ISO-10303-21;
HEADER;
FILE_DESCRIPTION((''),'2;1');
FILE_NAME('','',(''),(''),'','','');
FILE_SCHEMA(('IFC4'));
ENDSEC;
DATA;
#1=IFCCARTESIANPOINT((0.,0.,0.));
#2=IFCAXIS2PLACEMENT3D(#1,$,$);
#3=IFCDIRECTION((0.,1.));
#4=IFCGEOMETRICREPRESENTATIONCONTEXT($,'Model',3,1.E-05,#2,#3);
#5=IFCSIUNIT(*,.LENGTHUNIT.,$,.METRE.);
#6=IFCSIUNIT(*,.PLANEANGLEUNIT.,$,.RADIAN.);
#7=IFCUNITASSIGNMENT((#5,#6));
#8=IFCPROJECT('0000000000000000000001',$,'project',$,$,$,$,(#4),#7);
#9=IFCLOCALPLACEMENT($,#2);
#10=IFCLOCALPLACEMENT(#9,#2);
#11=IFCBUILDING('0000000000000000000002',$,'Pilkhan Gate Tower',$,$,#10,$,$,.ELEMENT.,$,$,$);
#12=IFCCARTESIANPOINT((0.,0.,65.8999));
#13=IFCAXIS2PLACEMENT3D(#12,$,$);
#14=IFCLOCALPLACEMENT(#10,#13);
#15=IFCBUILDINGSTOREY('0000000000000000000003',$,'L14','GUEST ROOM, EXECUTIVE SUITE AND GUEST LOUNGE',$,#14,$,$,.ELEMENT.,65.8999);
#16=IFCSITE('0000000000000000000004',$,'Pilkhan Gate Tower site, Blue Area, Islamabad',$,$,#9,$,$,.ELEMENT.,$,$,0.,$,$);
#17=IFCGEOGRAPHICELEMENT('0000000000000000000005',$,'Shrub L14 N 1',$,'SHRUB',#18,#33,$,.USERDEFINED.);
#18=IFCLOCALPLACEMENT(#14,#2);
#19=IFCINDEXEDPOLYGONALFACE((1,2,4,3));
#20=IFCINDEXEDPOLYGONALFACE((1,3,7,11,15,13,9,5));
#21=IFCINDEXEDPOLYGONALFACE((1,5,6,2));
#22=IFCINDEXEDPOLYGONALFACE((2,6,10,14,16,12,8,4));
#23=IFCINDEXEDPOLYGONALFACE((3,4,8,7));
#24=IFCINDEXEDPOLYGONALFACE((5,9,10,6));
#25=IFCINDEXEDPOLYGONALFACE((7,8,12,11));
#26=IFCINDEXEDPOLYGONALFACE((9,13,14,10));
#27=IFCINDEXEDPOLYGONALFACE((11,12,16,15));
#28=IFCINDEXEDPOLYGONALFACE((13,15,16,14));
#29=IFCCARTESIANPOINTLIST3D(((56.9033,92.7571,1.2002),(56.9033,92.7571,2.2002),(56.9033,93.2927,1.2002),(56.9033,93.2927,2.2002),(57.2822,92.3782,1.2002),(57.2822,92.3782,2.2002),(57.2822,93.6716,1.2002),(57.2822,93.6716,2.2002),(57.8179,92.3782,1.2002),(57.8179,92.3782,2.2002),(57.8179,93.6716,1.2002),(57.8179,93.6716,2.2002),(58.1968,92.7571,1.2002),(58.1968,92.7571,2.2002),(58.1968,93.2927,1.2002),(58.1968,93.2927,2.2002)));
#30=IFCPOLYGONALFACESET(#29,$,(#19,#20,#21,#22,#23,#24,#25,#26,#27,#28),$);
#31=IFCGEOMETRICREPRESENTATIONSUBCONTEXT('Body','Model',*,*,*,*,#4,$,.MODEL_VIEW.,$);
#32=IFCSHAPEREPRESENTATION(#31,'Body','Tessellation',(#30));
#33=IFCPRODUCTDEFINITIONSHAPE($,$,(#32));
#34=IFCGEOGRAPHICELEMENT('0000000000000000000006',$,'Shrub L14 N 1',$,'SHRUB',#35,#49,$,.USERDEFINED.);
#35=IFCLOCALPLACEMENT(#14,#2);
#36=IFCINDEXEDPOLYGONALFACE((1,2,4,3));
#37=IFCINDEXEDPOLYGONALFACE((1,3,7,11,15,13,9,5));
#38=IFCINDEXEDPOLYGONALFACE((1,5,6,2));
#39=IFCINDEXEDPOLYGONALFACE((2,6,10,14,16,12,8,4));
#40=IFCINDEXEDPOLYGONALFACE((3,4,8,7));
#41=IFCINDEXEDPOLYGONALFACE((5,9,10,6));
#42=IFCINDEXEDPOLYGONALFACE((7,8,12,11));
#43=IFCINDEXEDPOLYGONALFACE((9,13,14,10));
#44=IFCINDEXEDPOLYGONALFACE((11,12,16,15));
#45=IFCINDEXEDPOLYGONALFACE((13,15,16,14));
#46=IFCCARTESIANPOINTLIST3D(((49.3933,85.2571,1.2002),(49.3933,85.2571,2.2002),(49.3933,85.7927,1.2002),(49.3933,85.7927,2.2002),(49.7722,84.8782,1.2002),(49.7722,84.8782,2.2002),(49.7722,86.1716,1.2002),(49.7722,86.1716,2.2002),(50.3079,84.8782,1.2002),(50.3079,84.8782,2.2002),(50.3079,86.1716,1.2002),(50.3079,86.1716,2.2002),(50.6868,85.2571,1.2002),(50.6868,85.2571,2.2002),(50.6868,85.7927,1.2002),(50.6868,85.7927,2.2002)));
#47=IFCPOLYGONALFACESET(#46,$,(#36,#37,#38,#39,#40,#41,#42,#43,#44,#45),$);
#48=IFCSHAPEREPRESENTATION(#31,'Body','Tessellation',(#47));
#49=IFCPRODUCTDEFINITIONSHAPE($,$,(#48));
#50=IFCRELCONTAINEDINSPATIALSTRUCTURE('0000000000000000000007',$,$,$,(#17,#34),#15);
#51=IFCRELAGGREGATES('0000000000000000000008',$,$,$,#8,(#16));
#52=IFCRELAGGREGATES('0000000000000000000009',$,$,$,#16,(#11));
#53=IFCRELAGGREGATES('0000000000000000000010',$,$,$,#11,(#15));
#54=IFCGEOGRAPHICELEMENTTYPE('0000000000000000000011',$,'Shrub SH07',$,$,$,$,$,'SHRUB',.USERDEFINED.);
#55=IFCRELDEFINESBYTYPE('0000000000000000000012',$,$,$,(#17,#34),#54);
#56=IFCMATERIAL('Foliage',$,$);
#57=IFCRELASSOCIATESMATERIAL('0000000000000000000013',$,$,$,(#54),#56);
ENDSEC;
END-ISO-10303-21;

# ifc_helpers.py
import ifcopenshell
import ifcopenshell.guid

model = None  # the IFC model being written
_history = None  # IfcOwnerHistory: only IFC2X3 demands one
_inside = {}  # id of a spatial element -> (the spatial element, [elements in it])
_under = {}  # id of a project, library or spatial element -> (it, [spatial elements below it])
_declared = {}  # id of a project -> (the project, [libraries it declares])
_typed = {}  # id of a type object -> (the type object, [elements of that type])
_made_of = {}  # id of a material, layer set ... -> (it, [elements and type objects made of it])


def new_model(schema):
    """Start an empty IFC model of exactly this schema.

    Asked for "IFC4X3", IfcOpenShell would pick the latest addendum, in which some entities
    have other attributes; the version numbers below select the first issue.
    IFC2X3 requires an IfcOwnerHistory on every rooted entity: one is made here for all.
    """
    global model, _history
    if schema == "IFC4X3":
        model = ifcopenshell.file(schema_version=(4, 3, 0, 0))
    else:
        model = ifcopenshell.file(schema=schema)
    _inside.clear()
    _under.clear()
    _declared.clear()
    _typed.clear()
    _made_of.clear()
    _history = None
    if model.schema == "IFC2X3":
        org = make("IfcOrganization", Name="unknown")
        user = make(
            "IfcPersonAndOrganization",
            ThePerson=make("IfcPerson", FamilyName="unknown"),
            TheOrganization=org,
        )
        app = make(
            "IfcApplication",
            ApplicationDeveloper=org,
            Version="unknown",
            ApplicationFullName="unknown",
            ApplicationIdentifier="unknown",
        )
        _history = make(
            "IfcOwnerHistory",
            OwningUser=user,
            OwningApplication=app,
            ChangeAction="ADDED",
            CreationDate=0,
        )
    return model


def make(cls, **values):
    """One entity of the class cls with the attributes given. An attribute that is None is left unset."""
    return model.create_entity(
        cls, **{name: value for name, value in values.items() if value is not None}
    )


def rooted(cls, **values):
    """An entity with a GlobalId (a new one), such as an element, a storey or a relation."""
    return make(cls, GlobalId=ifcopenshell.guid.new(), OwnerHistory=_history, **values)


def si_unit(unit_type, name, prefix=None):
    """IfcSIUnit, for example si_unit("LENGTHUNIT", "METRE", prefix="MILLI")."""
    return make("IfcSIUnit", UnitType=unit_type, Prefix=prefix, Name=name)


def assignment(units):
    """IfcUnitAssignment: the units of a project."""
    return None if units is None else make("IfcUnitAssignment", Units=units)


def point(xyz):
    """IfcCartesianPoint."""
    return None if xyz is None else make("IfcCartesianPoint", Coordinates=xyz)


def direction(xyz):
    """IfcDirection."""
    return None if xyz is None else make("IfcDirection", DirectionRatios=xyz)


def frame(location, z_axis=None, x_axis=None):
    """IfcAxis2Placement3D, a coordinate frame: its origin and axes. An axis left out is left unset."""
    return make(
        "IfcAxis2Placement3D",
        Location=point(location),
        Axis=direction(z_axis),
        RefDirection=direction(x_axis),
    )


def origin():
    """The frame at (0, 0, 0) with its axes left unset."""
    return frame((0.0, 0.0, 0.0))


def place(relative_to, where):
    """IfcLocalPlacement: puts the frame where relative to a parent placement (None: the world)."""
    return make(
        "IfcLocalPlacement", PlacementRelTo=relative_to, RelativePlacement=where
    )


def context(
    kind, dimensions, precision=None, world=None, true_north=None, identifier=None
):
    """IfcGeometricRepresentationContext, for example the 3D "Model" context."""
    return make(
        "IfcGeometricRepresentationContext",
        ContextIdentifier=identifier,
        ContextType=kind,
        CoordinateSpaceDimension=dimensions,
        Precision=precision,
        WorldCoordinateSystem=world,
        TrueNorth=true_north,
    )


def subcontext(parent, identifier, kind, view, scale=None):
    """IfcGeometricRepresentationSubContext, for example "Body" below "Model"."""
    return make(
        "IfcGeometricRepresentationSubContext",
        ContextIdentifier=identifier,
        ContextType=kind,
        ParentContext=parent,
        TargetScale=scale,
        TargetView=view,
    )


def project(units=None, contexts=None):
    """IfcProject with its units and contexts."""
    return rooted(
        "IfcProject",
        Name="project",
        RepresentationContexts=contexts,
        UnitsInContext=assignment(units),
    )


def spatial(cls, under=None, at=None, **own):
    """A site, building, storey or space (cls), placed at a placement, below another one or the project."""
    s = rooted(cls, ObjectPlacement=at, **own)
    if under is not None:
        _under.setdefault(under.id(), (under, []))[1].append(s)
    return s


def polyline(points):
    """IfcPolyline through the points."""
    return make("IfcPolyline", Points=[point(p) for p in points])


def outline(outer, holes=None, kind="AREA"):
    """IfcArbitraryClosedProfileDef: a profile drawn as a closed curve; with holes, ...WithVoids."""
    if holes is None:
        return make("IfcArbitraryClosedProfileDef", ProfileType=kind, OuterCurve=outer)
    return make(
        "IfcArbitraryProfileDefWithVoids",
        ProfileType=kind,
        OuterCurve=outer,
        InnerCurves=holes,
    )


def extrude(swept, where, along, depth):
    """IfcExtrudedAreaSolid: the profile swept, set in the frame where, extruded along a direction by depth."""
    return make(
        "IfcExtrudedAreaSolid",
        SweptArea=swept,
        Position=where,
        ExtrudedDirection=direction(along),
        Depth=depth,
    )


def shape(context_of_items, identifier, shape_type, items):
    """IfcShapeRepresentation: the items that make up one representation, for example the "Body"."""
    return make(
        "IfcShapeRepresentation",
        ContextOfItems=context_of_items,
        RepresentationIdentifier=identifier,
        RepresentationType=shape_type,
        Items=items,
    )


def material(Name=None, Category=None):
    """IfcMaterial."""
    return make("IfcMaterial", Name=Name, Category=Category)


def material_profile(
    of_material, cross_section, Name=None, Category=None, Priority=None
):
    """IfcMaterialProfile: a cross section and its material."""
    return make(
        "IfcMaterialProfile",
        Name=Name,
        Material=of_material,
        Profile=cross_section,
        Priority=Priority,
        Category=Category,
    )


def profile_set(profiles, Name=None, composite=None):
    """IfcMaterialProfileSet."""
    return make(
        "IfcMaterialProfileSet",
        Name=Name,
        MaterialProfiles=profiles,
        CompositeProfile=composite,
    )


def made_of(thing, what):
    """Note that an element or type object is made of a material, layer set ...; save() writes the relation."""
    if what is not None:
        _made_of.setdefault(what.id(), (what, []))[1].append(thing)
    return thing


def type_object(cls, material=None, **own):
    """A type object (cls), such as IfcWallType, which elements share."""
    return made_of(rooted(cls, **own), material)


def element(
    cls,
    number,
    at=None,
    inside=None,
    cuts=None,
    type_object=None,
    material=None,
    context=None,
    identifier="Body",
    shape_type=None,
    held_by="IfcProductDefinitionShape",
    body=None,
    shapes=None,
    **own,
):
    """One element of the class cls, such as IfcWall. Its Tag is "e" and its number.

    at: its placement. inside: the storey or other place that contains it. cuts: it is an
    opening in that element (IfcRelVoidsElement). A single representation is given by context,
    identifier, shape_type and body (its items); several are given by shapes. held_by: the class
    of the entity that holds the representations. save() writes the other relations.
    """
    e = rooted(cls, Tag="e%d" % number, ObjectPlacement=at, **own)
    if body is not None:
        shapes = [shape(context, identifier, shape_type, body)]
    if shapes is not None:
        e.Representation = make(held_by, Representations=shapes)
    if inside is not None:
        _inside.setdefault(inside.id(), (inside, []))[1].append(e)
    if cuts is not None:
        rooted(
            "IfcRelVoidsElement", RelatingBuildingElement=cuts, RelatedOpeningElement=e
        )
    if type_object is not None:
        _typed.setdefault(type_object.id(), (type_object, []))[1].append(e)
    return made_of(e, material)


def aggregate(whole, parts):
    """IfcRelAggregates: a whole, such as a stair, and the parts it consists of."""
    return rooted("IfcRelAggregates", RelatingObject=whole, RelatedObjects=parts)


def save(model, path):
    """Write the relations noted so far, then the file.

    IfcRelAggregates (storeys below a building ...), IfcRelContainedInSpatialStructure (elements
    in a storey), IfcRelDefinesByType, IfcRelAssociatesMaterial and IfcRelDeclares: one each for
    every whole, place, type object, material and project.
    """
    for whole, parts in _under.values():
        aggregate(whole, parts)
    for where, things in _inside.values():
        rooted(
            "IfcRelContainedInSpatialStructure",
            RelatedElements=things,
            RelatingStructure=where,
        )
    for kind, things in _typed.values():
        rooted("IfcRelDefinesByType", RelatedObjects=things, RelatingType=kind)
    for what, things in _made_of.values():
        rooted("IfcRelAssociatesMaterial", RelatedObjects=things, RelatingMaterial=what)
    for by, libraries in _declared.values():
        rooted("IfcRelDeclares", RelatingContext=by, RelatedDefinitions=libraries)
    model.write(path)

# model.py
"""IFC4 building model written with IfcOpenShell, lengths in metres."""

from ifc_helpers import new_model, si_unit, direction, frame, origin, place, context, subcontext, project, spatial, polyline, outline, extrude, material, material_profile, profile_set, type_object, element, save


model = new_model("IFC4")

# Units and contexts
model_context = context("Model", 3, precision=1e-05, world=origin(), true_north=direction((0.0, 1.0)))
body_context = subcontext(model_context, "Body", "Model", "MODEL_VIEW")
ifc_project = project(units=[si_unit("LENGTHUNIT", "METRE"), si_unit("PLANEANGLEUNIT", "RADIAN")], contexts=[model_context])

# Site, building, storey
site_placement = place(None, origin())
site = spatial("IfcSite", under=ifc_project, at=site_placement, Name="Pilkhan Gate Tower site, Blue Area, Islamabad", CompositionType="ELEMENT", RefElevation=0.0)
building_placement = place(site_placement, origin())
building = spatial("IfcBuilding", under=site, at=building_placement, Name="Pilkhan Gate Tower", CompositionType="ELEMENT")
storey_placement = place(building_placement, frame((0.0, 0.0, 65.8999)))
storey = spatial("IfcBuildingStorey", under=building, at=storey_placement, Name="L14", Description="GUEST ROOM, EXECUTIVE SUITE AND GUEST LOUNGE", CompositionType="ELEMENT", Elevation=65.8999)

# Geographic elements
ifc_material_1 = material(Name="Foliage")
ifc_material_profile_1 = material_profile(ifc_material_1, outline(polyline([(0.6467, 0.2678), (0.2678, 0.6467), (-0.2678, 0.6467), (-0.6467, 0.2678), (-0.6467, -0.2678), (-0.2678, -0.6467), (0.2678, -0.6467), (0.6467, -0.2678), (0.6467, 0.2678)])), Name="Shrub D1.4")
ifc_profile_set_1 = profile_set([ifc_material_profile_1], Name="Foliage")
geographic_element_type_1 = type_object("IfcGeographicElementType", Name="Shrub SH07", ElementType="SHRUB", PredefinedType="USERDEFINED", material=ifc_profile_set_1)
for number, where, z_axis, x_axis, name in (
    (1, (57.55, 93.0249, 1.2002), (0.0, 0.0, 1.0), (1.0, 0.0, 0.0), "Shrub L14 N 1"),
    (2, (50.04, 85.5249, 1.2002), (0.0, 0.0, 1.0), (1.0, 0.0, 0.0), "Shrub L14 N 1"),
):
    element("IfcGeographicElement", number, at=place(storey_placement, frame(where, z_axis=z_axis, x_axis=x_axis)), inside=storey, type_object=geographic_element_type_1, Name=name, ObjectType="SHRUB", PredefinedType="USERDEFINED", context=body_context, shape_type="SweptSolid", body=[
        extrude(outline(polyline([(0.6467, 0.2678), (0.2678, 0.6467), (-0.2678, 0.6467), (-0.6467, 0.2678), (-0.6467, -0.2678), (-0.2678, -0.6467), (0.2678, -0.6467), (0.6467, -0.2678), (0.6467, 0.2678)])), origin(), (0.0, 0.0, 1.0), 1.0),
    ])

save(model, "model.ifc")
